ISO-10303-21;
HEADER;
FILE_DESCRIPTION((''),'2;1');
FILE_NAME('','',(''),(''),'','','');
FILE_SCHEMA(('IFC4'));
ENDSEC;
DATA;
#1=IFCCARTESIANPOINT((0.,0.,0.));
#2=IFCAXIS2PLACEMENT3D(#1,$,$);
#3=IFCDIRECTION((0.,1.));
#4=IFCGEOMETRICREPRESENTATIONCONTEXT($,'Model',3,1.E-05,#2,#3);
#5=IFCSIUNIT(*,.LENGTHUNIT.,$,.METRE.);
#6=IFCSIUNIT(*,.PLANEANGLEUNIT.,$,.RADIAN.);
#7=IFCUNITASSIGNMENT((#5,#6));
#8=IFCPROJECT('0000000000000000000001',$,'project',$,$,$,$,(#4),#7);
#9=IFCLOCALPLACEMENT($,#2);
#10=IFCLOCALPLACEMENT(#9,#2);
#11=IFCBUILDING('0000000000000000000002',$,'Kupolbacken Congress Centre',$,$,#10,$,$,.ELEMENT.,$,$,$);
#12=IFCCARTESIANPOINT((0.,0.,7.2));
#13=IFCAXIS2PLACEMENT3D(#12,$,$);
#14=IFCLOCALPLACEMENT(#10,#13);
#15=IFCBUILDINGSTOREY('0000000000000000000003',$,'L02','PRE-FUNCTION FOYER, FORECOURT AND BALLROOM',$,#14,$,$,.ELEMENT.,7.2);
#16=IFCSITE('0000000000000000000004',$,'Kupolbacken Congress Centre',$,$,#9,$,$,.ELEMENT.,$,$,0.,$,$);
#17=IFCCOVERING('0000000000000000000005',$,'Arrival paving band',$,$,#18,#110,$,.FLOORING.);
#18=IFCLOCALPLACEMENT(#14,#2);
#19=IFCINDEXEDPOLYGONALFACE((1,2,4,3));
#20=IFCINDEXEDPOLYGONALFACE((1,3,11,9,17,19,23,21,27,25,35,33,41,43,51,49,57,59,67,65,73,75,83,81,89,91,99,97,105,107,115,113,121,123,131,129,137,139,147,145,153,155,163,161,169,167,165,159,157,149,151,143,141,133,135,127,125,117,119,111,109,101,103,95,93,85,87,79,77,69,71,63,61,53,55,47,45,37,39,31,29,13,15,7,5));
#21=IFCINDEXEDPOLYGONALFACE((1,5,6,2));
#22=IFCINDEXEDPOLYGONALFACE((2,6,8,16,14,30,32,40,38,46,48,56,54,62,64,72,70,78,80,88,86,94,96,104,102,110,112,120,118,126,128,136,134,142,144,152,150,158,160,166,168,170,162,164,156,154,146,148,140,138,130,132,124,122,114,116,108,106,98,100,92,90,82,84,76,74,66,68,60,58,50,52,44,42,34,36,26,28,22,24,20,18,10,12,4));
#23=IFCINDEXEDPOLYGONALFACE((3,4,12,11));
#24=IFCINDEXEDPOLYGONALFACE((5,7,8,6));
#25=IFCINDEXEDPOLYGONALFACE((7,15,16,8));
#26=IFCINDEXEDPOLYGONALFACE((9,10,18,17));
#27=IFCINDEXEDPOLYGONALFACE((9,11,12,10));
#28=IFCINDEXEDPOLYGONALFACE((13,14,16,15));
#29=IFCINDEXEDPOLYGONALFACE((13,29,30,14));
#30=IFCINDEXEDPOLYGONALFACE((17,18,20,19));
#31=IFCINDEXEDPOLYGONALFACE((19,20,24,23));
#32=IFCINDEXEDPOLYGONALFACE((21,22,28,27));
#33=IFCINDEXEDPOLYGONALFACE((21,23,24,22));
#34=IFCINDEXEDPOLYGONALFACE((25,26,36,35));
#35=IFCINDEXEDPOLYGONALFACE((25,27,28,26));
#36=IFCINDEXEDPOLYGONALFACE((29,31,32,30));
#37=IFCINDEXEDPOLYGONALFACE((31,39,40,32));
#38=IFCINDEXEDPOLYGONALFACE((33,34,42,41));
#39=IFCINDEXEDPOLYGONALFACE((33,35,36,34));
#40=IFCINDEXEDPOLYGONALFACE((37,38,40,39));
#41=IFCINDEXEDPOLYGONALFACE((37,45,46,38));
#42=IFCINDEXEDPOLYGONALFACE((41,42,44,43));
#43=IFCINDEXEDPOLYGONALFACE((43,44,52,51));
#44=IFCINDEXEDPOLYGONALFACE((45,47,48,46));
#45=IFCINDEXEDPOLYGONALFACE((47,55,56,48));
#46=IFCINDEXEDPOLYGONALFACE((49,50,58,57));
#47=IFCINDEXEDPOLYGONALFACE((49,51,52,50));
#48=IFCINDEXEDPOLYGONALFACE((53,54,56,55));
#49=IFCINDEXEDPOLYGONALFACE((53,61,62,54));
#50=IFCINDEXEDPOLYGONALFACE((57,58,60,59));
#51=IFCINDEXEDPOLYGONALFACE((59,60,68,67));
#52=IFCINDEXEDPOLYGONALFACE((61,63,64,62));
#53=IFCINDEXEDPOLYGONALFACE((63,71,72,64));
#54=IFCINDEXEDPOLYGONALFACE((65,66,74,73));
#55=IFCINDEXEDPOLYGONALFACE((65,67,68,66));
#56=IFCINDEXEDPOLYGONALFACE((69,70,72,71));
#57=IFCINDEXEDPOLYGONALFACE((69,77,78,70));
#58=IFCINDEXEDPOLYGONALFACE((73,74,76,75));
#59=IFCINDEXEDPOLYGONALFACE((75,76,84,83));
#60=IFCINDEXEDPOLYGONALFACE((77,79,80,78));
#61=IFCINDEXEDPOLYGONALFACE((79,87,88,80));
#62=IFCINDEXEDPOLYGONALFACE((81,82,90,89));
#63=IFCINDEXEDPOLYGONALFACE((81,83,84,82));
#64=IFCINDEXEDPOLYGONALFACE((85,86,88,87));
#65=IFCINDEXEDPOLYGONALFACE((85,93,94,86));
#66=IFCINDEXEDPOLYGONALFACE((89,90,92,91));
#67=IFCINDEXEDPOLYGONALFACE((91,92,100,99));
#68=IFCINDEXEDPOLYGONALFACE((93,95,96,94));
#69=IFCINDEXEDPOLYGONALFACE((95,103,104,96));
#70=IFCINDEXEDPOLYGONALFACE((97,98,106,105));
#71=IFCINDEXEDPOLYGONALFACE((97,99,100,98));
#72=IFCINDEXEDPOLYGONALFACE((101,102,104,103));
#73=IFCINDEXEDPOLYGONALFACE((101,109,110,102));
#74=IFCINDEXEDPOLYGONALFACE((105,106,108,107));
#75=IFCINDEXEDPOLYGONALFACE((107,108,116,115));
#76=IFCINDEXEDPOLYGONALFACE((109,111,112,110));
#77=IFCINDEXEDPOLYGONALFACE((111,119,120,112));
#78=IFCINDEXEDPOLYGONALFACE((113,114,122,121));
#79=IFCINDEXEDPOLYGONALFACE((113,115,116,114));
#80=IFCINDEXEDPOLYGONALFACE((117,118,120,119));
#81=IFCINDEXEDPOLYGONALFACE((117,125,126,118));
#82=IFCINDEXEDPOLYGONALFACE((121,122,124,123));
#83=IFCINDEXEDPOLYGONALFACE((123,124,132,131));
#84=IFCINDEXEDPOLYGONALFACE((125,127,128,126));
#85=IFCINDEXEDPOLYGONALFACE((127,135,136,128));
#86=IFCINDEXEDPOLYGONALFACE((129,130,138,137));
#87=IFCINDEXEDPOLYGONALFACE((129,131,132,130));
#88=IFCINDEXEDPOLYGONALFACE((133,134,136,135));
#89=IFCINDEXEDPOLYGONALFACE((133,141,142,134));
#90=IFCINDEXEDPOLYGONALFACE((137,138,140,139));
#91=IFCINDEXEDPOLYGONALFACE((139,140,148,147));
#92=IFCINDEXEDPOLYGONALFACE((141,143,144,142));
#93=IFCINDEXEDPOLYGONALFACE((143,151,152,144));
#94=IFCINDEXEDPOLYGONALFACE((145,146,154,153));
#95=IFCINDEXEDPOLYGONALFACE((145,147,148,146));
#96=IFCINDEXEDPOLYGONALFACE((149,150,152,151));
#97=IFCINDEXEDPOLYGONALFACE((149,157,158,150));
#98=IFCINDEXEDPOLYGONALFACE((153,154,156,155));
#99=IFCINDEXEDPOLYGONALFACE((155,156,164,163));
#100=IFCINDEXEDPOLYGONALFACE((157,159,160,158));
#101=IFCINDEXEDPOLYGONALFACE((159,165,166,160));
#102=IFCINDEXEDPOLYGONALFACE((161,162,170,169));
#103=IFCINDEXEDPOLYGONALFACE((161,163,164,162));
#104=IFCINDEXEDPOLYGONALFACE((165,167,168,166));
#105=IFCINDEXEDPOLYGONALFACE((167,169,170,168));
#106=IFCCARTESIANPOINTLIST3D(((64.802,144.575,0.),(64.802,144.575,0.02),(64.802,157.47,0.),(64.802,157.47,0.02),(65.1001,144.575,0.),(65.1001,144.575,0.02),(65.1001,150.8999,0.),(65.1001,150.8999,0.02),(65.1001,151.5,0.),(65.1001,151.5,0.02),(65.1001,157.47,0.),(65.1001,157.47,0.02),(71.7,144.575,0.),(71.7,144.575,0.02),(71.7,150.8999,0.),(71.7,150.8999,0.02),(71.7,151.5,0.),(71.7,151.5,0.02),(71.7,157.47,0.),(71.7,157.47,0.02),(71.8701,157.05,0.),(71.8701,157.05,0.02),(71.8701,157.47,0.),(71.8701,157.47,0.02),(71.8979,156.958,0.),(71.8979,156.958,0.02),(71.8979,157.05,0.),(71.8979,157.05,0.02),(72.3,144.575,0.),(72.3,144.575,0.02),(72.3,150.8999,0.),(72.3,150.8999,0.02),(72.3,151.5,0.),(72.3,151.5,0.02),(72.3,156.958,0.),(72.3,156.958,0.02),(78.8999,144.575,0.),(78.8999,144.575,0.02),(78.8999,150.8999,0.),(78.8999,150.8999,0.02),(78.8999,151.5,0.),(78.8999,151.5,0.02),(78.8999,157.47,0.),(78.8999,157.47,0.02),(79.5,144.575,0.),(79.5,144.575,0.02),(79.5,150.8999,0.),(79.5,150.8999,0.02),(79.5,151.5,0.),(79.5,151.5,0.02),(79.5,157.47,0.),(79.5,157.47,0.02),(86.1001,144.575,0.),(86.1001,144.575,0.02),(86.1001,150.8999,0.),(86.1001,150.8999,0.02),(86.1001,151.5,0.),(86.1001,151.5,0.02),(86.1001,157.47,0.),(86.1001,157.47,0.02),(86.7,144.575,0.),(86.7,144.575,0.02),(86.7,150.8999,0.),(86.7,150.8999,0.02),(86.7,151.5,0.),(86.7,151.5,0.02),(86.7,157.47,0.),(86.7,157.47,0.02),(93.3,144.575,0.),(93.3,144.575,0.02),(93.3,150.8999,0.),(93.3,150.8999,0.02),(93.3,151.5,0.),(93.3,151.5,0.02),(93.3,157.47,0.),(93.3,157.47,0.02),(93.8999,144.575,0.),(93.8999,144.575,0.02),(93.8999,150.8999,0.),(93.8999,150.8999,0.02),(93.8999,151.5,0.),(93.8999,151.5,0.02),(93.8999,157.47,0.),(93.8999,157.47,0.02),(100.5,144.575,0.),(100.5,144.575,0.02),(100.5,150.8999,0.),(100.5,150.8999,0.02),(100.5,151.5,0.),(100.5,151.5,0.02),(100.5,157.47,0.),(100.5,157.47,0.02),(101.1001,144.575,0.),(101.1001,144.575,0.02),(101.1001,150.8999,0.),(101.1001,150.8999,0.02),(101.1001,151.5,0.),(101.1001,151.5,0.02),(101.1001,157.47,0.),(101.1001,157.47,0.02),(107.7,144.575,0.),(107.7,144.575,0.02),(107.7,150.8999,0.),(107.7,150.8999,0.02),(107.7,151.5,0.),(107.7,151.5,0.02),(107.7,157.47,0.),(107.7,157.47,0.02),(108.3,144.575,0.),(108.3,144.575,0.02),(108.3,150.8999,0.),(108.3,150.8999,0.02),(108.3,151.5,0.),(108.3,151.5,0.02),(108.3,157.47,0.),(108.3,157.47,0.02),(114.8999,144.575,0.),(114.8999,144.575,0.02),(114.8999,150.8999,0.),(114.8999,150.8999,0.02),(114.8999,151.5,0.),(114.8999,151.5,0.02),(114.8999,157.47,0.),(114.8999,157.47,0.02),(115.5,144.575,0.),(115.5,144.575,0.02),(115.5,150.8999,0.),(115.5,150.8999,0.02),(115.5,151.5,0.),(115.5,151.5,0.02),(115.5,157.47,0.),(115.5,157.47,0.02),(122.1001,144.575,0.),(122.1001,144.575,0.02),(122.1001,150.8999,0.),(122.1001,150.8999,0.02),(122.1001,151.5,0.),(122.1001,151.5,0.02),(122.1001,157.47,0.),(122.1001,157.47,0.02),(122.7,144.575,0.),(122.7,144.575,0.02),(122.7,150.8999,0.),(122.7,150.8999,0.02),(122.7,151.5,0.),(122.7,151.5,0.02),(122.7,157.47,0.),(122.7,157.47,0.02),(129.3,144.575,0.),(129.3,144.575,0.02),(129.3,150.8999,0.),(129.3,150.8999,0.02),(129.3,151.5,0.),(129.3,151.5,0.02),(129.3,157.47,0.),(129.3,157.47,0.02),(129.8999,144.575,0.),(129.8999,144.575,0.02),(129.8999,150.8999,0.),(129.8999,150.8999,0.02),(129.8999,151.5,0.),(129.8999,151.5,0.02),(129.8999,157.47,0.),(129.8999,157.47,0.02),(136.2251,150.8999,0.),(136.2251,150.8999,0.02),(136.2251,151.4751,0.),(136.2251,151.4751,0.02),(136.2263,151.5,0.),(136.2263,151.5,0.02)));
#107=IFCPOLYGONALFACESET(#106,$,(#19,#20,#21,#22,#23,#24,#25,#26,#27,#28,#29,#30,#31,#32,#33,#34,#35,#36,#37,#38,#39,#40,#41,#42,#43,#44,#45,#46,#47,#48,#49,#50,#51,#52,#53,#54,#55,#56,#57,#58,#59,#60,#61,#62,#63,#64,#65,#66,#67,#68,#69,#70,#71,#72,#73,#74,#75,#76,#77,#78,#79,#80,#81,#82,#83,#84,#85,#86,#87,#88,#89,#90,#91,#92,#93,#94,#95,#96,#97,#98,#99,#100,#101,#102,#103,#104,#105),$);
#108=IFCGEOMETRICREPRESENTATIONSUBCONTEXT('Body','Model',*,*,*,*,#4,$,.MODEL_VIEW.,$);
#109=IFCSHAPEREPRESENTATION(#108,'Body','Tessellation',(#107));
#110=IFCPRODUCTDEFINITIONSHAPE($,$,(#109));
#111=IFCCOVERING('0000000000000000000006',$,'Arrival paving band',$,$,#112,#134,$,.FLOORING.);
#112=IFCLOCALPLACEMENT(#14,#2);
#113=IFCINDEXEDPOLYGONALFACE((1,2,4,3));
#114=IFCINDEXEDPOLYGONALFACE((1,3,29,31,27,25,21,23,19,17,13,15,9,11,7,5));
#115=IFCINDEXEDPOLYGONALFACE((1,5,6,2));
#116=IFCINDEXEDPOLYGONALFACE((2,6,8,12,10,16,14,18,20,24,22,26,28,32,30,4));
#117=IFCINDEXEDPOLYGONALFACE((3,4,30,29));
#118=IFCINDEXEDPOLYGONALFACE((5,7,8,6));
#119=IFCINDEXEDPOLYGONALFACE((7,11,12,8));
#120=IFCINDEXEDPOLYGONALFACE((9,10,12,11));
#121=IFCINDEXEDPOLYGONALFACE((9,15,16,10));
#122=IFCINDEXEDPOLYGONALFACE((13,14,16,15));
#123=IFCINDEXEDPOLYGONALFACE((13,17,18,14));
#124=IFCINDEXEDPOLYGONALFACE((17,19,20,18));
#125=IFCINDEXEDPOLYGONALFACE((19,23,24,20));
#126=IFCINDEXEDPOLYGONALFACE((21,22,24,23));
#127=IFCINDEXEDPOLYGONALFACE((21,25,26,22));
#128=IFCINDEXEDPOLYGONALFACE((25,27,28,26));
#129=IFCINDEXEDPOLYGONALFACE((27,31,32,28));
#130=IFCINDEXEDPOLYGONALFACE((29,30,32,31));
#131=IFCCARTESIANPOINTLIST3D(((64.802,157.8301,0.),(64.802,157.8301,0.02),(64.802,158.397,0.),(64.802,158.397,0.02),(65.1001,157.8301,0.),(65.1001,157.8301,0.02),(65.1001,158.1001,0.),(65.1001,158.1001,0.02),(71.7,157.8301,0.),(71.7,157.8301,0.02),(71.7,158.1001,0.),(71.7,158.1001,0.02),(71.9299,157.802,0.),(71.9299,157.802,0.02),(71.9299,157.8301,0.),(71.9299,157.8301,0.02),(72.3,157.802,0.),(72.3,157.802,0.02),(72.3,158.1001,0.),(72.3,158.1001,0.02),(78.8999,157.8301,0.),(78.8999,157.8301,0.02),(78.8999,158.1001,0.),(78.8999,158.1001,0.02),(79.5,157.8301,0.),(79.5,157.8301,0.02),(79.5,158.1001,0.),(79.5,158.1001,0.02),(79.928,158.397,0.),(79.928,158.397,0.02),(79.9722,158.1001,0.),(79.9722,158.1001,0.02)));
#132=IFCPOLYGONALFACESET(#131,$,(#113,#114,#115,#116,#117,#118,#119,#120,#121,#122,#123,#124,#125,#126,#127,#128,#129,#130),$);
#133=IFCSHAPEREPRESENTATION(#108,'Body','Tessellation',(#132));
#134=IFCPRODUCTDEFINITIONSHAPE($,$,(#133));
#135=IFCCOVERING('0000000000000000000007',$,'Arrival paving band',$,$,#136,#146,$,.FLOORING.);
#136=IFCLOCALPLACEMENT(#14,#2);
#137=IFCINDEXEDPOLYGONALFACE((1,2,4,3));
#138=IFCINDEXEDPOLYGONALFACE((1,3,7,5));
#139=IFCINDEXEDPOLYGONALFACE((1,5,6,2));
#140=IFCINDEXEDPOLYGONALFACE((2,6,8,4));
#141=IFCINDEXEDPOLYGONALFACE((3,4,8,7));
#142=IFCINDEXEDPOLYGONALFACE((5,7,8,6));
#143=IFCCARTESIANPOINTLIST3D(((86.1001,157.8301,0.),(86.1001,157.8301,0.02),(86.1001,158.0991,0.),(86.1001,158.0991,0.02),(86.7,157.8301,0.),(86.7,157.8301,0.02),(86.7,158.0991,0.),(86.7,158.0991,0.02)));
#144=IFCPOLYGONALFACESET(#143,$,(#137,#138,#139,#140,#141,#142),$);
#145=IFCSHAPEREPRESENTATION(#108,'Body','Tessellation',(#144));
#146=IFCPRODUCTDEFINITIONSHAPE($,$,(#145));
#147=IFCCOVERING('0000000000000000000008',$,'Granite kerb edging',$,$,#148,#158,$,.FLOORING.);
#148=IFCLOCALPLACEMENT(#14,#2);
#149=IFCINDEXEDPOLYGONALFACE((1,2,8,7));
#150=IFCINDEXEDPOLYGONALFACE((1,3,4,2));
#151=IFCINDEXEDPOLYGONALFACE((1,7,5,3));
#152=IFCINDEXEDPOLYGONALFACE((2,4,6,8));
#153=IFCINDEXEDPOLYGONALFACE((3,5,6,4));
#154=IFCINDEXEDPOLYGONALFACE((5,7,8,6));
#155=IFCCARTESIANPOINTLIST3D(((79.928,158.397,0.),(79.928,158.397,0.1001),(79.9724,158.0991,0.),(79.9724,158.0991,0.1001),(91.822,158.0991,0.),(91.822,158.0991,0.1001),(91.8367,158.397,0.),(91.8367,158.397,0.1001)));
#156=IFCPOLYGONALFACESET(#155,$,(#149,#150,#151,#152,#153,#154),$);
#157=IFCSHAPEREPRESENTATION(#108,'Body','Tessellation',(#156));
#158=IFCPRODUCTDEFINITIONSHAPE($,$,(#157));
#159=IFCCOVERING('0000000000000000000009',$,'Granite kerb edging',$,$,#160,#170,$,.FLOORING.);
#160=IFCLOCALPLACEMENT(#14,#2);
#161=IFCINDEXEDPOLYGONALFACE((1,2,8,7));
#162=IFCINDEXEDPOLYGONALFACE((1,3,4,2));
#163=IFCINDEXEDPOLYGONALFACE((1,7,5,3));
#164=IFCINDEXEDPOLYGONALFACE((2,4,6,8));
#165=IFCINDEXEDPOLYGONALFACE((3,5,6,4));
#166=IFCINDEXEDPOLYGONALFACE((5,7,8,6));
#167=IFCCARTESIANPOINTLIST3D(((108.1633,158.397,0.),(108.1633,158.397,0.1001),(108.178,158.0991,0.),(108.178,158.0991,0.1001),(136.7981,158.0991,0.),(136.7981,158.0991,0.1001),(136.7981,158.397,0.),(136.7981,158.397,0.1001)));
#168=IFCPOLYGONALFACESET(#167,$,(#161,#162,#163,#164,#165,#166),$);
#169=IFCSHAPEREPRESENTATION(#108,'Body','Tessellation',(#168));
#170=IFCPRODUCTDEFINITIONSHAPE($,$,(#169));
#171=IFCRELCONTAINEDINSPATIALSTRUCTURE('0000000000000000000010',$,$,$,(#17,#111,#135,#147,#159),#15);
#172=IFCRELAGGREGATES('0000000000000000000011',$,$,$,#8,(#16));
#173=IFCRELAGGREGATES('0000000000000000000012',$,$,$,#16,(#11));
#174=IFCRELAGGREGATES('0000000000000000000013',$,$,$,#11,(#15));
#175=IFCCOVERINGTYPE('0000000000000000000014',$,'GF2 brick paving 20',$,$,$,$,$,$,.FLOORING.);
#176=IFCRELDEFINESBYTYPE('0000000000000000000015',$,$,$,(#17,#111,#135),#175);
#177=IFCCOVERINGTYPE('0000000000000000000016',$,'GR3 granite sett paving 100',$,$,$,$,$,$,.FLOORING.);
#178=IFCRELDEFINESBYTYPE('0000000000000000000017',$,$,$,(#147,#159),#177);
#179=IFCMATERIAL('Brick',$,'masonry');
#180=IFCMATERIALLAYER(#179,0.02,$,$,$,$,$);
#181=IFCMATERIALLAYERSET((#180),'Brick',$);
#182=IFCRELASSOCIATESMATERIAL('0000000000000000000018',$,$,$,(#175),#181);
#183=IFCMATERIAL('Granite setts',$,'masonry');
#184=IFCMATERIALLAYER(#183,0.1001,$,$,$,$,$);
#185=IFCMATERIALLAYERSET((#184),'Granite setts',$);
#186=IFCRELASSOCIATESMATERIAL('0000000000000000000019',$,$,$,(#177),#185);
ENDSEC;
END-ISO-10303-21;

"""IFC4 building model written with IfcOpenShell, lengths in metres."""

from ifc_helpers import new_model, si_unit, direction, frame, origin, place, context, subcontext, project, spatial, polyline, outline, extrude, material, layer, layer_set, type_object, element, save


model = new_model("IFC4")

# Units and contexts
model_context = context("Model", 3, precision=1e-05, world=origin(), true_north=direction((0.0, 1.0)))
body_context = subcontext(model_context, "Body", "Model", "MODEL_VIEW")
ifc_project = project(units=[si_unit("LENGTHUNIT", "METRE"), si_unit("PLANEANGLEUNIT", "RADIAN")], contexts=[model_context])

# Site, building, storey
site_placement = place(None, origin())
site = spatial("IfcSite", under=ifc_project, at=site_placement, Name="Kupolbacken Congress Centre", CompositionType="ELEMENT", RefElevation=0.0)
building_placement = place(site_placement, origin())
building = spatial("IfcBuilding", under=site, at=building_placement, Name="Kupolbacken Congress Centre", CompositionType="ELEMENT")
storey_placement = place(building_placement, frame((0.0, 0.0, 7.2)))
storey = spatial("IfcBuildingStorey", under=building, at=storey_placement, Name="L02", Description="PRE-FUNCTION FOYER, FORECOURT AND BALLROOM", CompositionType="ELEMENT", Elevation=7.2)

# Coverings
ifc_material_1 = material(Name="Brick", Category="masonry")
ifc_layer_1 = layer(ifc_material_1, 0.02)
ifc_layer_set_1 = layer_set([ifc_layer_1], Name="Brick")
covering_type_1 = type_object("IfcCoveringType", Name="GF2 brick paving 20", PredefinedType="FLOORING", material=ifc_layer_set_1)
covering_1_placement = place(storey_placement, origin())
element("IfcCovering", 1, at=covering_1_placement, inside=storey, type_object=covering_type_1, Name="Arrival paving band", PredefinedType="FLOORING", context=body_context, shape_type="SweptSolid", body=[
    extrude(outline(polyline([(71.7, 151.5), (71.7, 157.47), (71.8701, 157.47), (71.8701, 157.05), (71.8979, 157.05), (71.8979, 156.958), (72.3, 156.958), (72.3, 151.5), (78.8999, 151.5), (78.8999, 157.47), (79.5, 157.47), (79.5, 151.5), (86.1001, 151.5), (86.1001, 157.47), (86.7, 157.47), (86.7, 151.5), (93.3, 151.5), (93.3, 157.47), (93.8999, 157.47), (93.8999, 151.5), (100.5, 151.5), (100.5, 157.47), (101.1001, 157.47), (101.1001, 151.5), (107.7, 151.5), (107.7, 157.47), (108.3, 157.47), (108.3, 151.5), (114.8999, 151.5), (114.8999, 157.47), (115.5, 157.47), (115.5, 151.5), (122.1001, 151.5), (122.1001, 157.47), (122.7, 157.47), (122.7, 151.5), (129.3, 151.5), (129.3, 157.47), (129.8999, 157.47), (129.8999, 151.5), (136.2263, 151.5), (136.2251, 151.4751), (136.2251, 150.8999), (129.8999, 150.8999), (129.8999, 144.575), (129.3, 144.575), (129.3, 150.8999), (122.7, 150.8999), (122.7, 144.575), (122.1001, 144.575), (122.1001, 150.8999), (115.5, 150.8999), (115.5, 144.575), (114.8999, 144.575), (114.8999, 150.8999), (108.3, 150.8999), (108.3, 144.575), (107.7, 144.575), (107.7, 150.8999), (101.1001, 150.8999), (101.1001, 144.575), (100.5, 144.575), (100.5, 150.8999), (93.8999, 150.8999), (93.8999, 144.575), (93.3, 144.575), (93.3, 150.8999), (86.7, 150.8999), (86.7, 144.575), (86.1001, 144.575), (86.1001, 150.8999), (79.5, 150.8999), (79.5, 144.575), (78.8999, 144.575), (78.8999, 150.8999), (72.3, 150.8999), (72.3, 144.575), (71.7, 144.575), (71.7, 150.8999), (65.1001, 150.8999), (65.1001, 144.575), (64.802, 144.575), (64.802, 157.47), (65.1001, 157.47), (65.1001, 151.5), (71.7, 151.5)])), origin(), (0.0, 0.0, 1.0), 0.02),
])
covering_2_placement = place(storey_placement, origin())
element("IfcCovering", 2, at=covering_2_placement, inside=storey, type_object=covering_type_1, Name="Arrival paving band", PredefinedType="FLOORING", context=body_context, shape_type="SweptSolid", body=[
    extrude(outline(polyline([(71.7, 158.1001), (65.1001, 158.1001), (65.1001, 157.8301), (64.802, 157.8301), (64.802, 158.397), (79.928, 158.397), (79.9722, 158.1001), (79.5, 158.1001), (79.5, 157.8301), (78.8999, 157.8301), (78.8999, 158.1001), (72.3, 158.1001), (72.3, 157.802), (71.9299, 157.802), (71.9299, 157.8301), (71.7, 157.8301), (71.7, 158.1001)])), origin(), (0.0, 0.0, 1.0), 0.02),
])
covering_3_placement = place(storey_placement, origin())
element("IfcCovering", 3, at=covering_3_placement, inside=storey, type_object=covering_type_1, Name="Arrival paving band", PredefinedType="FLOORING", context=body_context, shape_type="SweptSolid", body=[
    extrude(outline(polyline([(86.1001, 158.0991), (86.7, 158.0991), (86.7, 157.8301), (86.1001, 157.8301), (86.1001, 158.0991)])), origin(), (0.0, 0.0, 1.0), 0.02),
])
ifc_material_2 = material(Name="Granite setts", Category="masonry")
ifc_layer_2 = layer(ifc_material_2, 0.1001)
ifc_layer_set_2 = layer_set([ifc_layer_2], Name="Granite setts")
covering_type_2 = type_object("IfcCoveringType", Name="GR3 granite sett paving 100", PredefinedType="FLOORING", material=ifc_layer_set_2)
covering_4_placement = place(storey_placement, origin())
element("IfcCovering", 4, at=covering_4_placement, inside=storey, type_object=covering_type_2, Name="Granite kerb edging", PredefinedType="FLOORING", context=body_context, shape_type="SweptSolid", body=[
    extrude(outline(polyline([(79.928, 158.397), (91.8367, 158.397), (91.822, 158.0991), (79.9724, 158.0991), (79.928, 158.397)])), origin(), (0.0, 0.0, 1.0), 0.1001),
])
covering_5_placement = place(storey_placement, origin())
element("IfcCovering", 5, at=covering_5_placement, inside=storey, type_object=covering_type_2, Name="Granite kerb edging", PredefinedType="FLOORING", context=body_context, shape_type="SweptSolid", body=[
    extrude(outline(polyline([(108.1633, 158.397), (136.7981, 158.397), (136.7981, 158.0991), (108.178, 158.0991), (108.1633, 158.397)])), origin(), (0.0, 0.0, 1.0), 0.1001),
])

save(model, "model.ifc")
